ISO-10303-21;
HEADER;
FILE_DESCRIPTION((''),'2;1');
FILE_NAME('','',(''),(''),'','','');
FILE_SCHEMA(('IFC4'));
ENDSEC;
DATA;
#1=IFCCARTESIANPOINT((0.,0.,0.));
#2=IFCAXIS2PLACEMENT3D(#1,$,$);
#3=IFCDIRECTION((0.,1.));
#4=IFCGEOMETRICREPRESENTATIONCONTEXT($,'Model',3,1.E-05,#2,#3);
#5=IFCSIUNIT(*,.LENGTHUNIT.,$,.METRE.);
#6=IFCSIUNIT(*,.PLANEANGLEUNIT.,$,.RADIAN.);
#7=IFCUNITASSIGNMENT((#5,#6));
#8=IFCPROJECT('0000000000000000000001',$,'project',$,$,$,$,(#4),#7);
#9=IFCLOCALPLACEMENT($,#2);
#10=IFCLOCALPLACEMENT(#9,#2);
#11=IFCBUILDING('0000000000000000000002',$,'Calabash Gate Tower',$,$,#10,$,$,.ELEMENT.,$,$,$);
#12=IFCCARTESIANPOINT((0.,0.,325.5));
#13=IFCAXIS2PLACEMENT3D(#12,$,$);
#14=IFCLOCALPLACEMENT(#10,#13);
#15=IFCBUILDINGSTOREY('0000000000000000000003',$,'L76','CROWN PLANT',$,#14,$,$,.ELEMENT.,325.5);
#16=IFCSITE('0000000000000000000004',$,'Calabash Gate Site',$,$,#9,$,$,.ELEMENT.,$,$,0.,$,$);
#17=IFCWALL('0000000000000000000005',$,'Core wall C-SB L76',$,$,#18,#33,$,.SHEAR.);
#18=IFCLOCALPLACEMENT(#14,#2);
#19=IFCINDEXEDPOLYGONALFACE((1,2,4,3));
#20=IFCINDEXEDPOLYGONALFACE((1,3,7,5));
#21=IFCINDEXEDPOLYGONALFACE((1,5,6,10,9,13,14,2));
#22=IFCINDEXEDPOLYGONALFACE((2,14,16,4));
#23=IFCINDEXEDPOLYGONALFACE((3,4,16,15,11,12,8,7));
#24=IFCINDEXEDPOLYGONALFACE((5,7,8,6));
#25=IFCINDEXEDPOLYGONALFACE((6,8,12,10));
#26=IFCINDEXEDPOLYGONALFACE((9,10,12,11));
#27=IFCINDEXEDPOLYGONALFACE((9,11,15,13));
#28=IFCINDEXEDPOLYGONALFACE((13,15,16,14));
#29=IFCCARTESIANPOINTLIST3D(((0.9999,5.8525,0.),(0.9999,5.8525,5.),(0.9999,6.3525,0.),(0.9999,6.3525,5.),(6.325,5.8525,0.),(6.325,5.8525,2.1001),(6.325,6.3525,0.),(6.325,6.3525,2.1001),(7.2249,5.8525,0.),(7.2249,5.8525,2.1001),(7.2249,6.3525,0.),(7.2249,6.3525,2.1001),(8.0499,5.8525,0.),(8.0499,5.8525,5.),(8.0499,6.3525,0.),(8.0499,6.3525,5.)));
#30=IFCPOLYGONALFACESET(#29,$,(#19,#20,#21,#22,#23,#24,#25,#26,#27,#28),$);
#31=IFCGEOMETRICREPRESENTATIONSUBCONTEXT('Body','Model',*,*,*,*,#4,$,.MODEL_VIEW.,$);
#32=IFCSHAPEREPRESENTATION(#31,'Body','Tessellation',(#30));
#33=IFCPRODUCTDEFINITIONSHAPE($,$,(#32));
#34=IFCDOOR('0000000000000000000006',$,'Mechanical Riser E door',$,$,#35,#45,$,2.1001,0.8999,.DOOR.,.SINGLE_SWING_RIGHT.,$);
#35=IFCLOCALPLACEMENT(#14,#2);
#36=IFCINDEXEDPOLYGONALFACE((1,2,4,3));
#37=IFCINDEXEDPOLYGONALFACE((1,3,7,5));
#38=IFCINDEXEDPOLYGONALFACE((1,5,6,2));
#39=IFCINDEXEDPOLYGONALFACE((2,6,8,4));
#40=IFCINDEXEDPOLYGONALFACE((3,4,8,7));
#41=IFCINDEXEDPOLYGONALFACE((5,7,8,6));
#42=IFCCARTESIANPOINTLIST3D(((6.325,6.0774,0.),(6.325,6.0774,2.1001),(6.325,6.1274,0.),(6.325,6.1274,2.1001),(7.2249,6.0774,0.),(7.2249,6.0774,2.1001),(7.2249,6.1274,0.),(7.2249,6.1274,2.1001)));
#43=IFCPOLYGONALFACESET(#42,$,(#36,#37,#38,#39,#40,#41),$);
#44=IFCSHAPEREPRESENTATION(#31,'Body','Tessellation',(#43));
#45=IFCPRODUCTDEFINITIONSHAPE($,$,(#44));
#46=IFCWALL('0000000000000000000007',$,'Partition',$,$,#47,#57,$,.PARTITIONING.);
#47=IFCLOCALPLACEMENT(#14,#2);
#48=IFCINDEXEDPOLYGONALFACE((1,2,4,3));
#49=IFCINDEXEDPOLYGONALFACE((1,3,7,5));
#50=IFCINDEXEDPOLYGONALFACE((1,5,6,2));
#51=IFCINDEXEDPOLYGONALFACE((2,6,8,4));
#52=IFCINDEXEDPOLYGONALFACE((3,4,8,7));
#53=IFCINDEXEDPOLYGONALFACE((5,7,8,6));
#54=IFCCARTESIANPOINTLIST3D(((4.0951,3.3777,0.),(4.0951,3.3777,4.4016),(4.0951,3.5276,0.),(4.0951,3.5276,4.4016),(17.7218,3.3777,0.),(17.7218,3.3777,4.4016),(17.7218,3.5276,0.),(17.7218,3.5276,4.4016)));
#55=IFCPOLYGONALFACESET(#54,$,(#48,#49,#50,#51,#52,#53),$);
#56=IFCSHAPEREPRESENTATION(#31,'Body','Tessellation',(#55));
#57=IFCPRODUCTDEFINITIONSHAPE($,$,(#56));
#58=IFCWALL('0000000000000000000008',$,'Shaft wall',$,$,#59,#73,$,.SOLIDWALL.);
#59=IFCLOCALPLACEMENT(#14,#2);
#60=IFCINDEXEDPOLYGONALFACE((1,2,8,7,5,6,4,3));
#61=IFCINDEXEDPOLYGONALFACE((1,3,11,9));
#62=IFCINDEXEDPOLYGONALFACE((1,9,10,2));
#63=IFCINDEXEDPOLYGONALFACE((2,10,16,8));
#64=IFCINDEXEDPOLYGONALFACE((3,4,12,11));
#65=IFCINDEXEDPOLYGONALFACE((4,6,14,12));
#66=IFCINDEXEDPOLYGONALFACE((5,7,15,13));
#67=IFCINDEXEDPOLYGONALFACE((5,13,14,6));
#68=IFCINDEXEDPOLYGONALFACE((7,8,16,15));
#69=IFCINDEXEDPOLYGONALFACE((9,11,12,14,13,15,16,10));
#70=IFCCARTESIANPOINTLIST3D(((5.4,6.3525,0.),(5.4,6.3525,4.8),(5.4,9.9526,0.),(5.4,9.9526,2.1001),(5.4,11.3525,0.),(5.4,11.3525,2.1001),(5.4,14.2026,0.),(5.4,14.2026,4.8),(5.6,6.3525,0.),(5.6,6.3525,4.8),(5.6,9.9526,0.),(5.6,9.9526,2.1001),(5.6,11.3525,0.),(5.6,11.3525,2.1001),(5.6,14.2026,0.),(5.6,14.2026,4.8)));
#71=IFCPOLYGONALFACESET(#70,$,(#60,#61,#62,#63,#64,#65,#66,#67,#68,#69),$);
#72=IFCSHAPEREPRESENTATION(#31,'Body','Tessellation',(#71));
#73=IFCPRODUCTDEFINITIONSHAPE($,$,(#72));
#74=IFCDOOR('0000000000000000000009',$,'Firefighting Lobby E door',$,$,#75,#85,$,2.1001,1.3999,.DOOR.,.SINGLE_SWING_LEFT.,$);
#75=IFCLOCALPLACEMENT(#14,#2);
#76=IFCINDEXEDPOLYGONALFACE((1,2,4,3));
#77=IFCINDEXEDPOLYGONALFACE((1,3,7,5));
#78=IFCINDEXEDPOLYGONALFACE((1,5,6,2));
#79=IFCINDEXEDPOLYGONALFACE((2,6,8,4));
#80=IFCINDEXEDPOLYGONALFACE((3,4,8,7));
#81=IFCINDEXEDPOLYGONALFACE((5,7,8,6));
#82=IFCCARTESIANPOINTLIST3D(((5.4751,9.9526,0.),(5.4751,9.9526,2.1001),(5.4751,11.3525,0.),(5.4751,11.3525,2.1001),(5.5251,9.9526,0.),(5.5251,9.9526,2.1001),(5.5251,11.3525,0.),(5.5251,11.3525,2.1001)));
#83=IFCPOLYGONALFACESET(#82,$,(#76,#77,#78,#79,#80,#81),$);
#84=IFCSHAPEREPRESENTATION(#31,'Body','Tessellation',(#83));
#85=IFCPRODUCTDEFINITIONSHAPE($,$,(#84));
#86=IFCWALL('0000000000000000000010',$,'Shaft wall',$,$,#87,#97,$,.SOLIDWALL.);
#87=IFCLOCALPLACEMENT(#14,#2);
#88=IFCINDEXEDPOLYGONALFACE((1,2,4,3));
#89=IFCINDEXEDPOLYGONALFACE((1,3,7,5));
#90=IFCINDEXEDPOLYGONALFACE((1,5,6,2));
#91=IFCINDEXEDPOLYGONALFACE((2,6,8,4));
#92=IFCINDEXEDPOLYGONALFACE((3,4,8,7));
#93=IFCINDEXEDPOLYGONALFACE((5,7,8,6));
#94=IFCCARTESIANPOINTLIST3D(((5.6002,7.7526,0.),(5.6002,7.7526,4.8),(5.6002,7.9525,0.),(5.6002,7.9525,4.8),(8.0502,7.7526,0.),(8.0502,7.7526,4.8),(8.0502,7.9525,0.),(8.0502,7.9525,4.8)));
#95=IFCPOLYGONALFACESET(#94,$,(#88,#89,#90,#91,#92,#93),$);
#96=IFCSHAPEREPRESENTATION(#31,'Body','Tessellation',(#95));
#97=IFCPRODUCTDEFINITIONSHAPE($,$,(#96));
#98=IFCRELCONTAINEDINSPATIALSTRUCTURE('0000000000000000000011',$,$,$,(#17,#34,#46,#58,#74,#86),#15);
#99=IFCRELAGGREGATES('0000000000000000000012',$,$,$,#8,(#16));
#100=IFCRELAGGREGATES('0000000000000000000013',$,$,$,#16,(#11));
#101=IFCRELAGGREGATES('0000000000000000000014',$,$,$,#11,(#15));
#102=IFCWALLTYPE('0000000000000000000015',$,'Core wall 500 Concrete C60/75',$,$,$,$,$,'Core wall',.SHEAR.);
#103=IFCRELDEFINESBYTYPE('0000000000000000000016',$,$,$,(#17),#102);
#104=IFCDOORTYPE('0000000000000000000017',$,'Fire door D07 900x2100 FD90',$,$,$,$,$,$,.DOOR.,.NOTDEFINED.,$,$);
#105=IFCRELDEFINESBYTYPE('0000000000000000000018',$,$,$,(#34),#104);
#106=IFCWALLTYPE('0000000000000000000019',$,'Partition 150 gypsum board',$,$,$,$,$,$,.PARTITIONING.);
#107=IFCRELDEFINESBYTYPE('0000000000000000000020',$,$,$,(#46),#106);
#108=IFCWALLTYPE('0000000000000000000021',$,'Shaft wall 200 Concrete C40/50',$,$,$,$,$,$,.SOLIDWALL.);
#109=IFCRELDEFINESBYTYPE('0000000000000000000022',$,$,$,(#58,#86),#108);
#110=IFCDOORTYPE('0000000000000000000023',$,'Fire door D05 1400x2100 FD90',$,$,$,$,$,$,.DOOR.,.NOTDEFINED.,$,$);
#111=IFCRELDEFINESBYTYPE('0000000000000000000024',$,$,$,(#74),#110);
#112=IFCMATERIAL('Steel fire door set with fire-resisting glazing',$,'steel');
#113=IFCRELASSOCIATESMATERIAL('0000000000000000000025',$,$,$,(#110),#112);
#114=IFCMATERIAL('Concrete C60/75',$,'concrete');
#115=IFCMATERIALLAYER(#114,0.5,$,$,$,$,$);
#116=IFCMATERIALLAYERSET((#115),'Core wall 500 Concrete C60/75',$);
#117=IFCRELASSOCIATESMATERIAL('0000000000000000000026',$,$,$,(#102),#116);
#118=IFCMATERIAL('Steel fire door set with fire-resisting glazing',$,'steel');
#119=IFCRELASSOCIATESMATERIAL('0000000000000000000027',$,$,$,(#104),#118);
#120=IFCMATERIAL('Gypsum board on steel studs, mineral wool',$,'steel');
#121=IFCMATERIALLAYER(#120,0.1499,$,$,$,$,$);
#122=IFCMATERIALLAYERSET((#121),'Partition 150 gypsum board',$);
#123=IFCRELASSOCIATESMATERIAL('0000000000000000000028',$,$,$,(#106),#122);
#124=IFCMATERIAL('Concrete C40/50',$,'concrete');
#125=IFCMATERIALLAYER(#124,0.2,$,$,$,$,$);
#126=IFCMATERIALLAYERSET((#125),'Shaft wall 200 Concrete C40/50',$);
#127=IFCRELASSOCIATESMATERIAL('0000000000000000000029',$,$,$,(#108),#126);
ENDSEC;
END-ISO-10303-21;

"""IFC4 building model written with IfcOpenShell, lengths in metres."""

from ifc_helpers import new_model, si_unit, direction, frame, frame_2d, origin, place, context, subcontext, project, spatial, rectangle, extrude, material, layer, layer_set, type_object, element, fill, save


model = new_model("IFC4")

# Units and contexts
model_context = context("Model", 3, precision=1e-05, world=origin(), true_north=direction((0.0, 1.0)))
body_context = subcontext(model_context, "Body", "Model", "MODEL_VIEW")
ifc_project = project(units=[si_unit("LENGTHUNIT", "METRE"), si_unit("PLANEANGLEUNIT", "RADIAN")], contexts=[model_context])

# Site, building, storey
site_placement = place(None, origin())
site = spatial("IfcSite", under=ifc_project, at=site_placement, Name="Calabash Gate Site", CompositionType="ELEMENT", RefElevation=0.0)
building_placement = place(site_placement, origin())
building = spatial("IfcBuilding", under=site, at=building_placement, Name="Calabash Gate Tower", CompositionType="ELEMENT")
storey_placement = place(building_placement, frame((0.0, 0.0, 325.5)))
storey = spatial("IfcBuildingStorey", under=building, at=storey_placement, Name="L76", Description="CROWN PLANT", CompositionType="ELEMENT", Elevation=325.5)

# Shared definitions
ifc_material_1 = material(Name="Steel fire door set with fire-resisting glazing", Category="steel")
door_type_1 = type_object("IfcDoorType", Name="Fire door D05 1400x2100 FD90", OperationType="NOTDEFINED", PredefinedType="DOOR", material=ifc_material_1)

# Wall, opening, door
ifc_material_2 = material(Name="Concrete C60/75", Category="concrete")
ifc_layer_1 = layer(ifc_material_2, 0.5)
ifc_layer_set_1 = layer_set([ifc_layer_1], Name="Core wall 500 Concrete C60/75")
wall_type_1 = type_object("IfcWallType", Name="Core wall 500 Concrete C60/75", ElementType="Core wall", PredefinedType="SHEAR", material=ifc_layer_set_1)
wall_1_placement = place(storey_placement, frame((1.0, 6.1025, 0.0), z_axis=(0.0, 0.0, 1.0), x_axis=(1.0, 0.0, 0.0)))
wall_1 = element("IfcWall", 1, at=wall_1_placement, inside=storey, type_object=wall_type_1, Name="Core wall C-SB L76", PredefinedType="SHEAR", context=body_context, shape_type="SweptSolid", body=[
    extrude(rectangle(XDim=7.05, YDim=0.5, at=frame_2d((3.5249, 0.0))), origin(), (0.0, 0.0, 1.0), 5.0),
])
opening_1_placement = place(wall_1_placement, frame((5.325, 0.0, 0.0)))
opening_1 = element("IfcOpeningElement", 2, at=opening_1_placement, cuts=wall_1, PredefinedType="OPENING", context=body_context, shape_type="SweptSolid", body=[
    extrude(rectangle(XDim=0.8999, YDim=2.1001, at=frame_2d((0.45, 1.05))), frame((0.0, 0.26, 0.0), z_axis=(0.0, -1.0, 0.0), x_axis=(1.0, 0.0, 0.0)), (0.0, 0.0, 1.0), 0.52),
])
ifc_material_3 = material(Name="Steel fire door set with fire-resisting glazing", Category="steel")
door_type_2 = type_object("IfcDoorType", Name="Fire door D07 900x2100 FD90", OperationType="NOTDEFINED", PredefinedType="DOOR", material=ifc_material_3)
door_1_placement = place(opening_1_placement, origin())
door_1 = element("IfcDoor", 3, at=door_1_placement, inside=storey, type_object=door_type_2, Name="Mechanical Riser E door", OperationType="SINGLE_SWING_RIGHT", OverallHeight=2.1001, OverallWidth=0.8999, PredefinedType="DOOR", context=body_context, shape_type="SweptSolid", body=[
    extrude(rectangle(XDim=0.8999, YDim=2.1001, at=frame_2d((0.45, 1.05))), frame((0.0, 0.0249, 0.0), z_axis=(0.0, -1.0, 0.0), x_axis=(1.0, 0.0, 0.0)), (0.0, 0.0, 1.0), 0.05),
])
fill(opening_1, door_1)

# Wall
ifc_material_4 = material(Name="Gypsum board on steel studs, mineral wool", Category="steel")
ifc_layer_2 = layer(ifc_material_4, 0.1499)
ifc_layer_set_2 = layer_set([ifc_layer_2], Name="Partition 150 gypsum board")
wall_type_2 = type_object("IfcWallType", Name="Partition 150 gypsum board", PredefinedType="PARTITIONING", material=ifc_layer_set_2)
wall_2_placement = place(storey_placement, frame((4.095, 3.4526, 0.0), z_axis=(0.0, 0.0, 1.0), x_axis=(1.0, 0.0, 0.0)))
element("IfcWall", 4, at=wall_2_placement, inside=storey, type_object=wall_type_2, Name="Partition", PredefinedType="PARTITIONING", context=body_context, shape_type="SweptSolid", body=[
    extrude(rectangle(XDim=13.6267, YDim=0.1499, at=frame_2d((6.8135, 0.0))), origin(), (0.0, 0.0, 1.0), 4.4016),
])

# Wall, opening, door
ifc_material_5 = material(Name="Concrete C40/50", Category="concrete")
ifc_layer_3 = layer(ifc_material_5, 0.2)
ifc_layer_set_3 = layer_set([ifc_layer_3], Name="Shaft wall 200 Concrete C40/50")
wall_type_3 = type_object("IfcWallType", Name="Shaft wall 200 Concrete C40/50", PredefinedType="SOLIDWALL", material=ifc_layer_set_3)
wall_3_placement = place(storey_placement, frame((5.5, 6.3525, 0.0), z_axis=(0.0, 0.0, 1.0), x_axis=(0.0, 1.0, 0.0)))
wall_3 = element("IfcWall", 5, at=wall_3_placement, inside=storey, type_object=wall_type_3, Name="Shaft wall", PredefinedType="SOLIDWALL", context=body_context, shape_type="SweptSolid", body=[
    extrude(rectangle(XDim=7.8501, YDim=0.2, at=frame_2d((3.925, 0.0))), origin(), (0.0, 0.0, 1.0), 4.8),
])
opening_2_placement = place(wall_3_placement, frame((3.6001, 0.0, 0.0)))
opening_2 = element("IfcOpeningElement", 6, at=opening_2_placement, cuts=wall_3, PredefinedType="OPENING", context=body_context, shape_type="SweptSolid", body=[
    extrude(rectangle(XDim=1.3999, YDim=2.1001, at=frame_2d((0.7, 1.05))), frame((0.0, 0.1099, 0.0), z_axis=(0.0, -1.0, 0.0), x_axis=(1.0, 0.0, 0.0)), (0.0, 0.0, 1.0), 0.22),
])
door_2_placement = place(opening_2_placement, origin())
door_2 = element("IfcDoor", 7, at=door_2_placement, inside=storey, type_object=door_type_1, Name="Firefighting Lobby E door", OperationType="SINGLE_SWING_LEFT", OverallHeight=2.1001, OverallWidth=1.3999, PredefinedType="DOOR", context=body_context, shape_type="SweptSolid", body=[
    extrude(rectangle(XDim=1.3999, YDim=2.1001, at=frame_2d((0.7, 1.05))), frame((0.0, 0.0249, 0.0), z_axis=(0.0, -1.0, 0.0), x_axis=(1.0, 0.0, 0.0)), (0.0, 0.0, 1.0), 0.05),
])
fill(opening_2, door_2)

# Wall
wall_4_placement = place(storey_placement, frame((5.6001, 7.8525, 0.0), z_axis=(0.0, 0.0, 1.0), x_axis=(1.0, 0.0, 0.0)))
element("IfcWall", 8, at=wall_4_placement, inside=storey, type_object=wall_type_3, Name="Shaft wall", PredefinedType="SOLIDWALL", context=body_context, shape_type="SweptSolid", body=[
    extrude(rectangle(XDim=2.45, YDim=0.2, at=frame_2d((1.2251, 0.0))), origin(), (0.0, 0.0, 1.0), 4.8),
])

save(model, "model.ifc")
